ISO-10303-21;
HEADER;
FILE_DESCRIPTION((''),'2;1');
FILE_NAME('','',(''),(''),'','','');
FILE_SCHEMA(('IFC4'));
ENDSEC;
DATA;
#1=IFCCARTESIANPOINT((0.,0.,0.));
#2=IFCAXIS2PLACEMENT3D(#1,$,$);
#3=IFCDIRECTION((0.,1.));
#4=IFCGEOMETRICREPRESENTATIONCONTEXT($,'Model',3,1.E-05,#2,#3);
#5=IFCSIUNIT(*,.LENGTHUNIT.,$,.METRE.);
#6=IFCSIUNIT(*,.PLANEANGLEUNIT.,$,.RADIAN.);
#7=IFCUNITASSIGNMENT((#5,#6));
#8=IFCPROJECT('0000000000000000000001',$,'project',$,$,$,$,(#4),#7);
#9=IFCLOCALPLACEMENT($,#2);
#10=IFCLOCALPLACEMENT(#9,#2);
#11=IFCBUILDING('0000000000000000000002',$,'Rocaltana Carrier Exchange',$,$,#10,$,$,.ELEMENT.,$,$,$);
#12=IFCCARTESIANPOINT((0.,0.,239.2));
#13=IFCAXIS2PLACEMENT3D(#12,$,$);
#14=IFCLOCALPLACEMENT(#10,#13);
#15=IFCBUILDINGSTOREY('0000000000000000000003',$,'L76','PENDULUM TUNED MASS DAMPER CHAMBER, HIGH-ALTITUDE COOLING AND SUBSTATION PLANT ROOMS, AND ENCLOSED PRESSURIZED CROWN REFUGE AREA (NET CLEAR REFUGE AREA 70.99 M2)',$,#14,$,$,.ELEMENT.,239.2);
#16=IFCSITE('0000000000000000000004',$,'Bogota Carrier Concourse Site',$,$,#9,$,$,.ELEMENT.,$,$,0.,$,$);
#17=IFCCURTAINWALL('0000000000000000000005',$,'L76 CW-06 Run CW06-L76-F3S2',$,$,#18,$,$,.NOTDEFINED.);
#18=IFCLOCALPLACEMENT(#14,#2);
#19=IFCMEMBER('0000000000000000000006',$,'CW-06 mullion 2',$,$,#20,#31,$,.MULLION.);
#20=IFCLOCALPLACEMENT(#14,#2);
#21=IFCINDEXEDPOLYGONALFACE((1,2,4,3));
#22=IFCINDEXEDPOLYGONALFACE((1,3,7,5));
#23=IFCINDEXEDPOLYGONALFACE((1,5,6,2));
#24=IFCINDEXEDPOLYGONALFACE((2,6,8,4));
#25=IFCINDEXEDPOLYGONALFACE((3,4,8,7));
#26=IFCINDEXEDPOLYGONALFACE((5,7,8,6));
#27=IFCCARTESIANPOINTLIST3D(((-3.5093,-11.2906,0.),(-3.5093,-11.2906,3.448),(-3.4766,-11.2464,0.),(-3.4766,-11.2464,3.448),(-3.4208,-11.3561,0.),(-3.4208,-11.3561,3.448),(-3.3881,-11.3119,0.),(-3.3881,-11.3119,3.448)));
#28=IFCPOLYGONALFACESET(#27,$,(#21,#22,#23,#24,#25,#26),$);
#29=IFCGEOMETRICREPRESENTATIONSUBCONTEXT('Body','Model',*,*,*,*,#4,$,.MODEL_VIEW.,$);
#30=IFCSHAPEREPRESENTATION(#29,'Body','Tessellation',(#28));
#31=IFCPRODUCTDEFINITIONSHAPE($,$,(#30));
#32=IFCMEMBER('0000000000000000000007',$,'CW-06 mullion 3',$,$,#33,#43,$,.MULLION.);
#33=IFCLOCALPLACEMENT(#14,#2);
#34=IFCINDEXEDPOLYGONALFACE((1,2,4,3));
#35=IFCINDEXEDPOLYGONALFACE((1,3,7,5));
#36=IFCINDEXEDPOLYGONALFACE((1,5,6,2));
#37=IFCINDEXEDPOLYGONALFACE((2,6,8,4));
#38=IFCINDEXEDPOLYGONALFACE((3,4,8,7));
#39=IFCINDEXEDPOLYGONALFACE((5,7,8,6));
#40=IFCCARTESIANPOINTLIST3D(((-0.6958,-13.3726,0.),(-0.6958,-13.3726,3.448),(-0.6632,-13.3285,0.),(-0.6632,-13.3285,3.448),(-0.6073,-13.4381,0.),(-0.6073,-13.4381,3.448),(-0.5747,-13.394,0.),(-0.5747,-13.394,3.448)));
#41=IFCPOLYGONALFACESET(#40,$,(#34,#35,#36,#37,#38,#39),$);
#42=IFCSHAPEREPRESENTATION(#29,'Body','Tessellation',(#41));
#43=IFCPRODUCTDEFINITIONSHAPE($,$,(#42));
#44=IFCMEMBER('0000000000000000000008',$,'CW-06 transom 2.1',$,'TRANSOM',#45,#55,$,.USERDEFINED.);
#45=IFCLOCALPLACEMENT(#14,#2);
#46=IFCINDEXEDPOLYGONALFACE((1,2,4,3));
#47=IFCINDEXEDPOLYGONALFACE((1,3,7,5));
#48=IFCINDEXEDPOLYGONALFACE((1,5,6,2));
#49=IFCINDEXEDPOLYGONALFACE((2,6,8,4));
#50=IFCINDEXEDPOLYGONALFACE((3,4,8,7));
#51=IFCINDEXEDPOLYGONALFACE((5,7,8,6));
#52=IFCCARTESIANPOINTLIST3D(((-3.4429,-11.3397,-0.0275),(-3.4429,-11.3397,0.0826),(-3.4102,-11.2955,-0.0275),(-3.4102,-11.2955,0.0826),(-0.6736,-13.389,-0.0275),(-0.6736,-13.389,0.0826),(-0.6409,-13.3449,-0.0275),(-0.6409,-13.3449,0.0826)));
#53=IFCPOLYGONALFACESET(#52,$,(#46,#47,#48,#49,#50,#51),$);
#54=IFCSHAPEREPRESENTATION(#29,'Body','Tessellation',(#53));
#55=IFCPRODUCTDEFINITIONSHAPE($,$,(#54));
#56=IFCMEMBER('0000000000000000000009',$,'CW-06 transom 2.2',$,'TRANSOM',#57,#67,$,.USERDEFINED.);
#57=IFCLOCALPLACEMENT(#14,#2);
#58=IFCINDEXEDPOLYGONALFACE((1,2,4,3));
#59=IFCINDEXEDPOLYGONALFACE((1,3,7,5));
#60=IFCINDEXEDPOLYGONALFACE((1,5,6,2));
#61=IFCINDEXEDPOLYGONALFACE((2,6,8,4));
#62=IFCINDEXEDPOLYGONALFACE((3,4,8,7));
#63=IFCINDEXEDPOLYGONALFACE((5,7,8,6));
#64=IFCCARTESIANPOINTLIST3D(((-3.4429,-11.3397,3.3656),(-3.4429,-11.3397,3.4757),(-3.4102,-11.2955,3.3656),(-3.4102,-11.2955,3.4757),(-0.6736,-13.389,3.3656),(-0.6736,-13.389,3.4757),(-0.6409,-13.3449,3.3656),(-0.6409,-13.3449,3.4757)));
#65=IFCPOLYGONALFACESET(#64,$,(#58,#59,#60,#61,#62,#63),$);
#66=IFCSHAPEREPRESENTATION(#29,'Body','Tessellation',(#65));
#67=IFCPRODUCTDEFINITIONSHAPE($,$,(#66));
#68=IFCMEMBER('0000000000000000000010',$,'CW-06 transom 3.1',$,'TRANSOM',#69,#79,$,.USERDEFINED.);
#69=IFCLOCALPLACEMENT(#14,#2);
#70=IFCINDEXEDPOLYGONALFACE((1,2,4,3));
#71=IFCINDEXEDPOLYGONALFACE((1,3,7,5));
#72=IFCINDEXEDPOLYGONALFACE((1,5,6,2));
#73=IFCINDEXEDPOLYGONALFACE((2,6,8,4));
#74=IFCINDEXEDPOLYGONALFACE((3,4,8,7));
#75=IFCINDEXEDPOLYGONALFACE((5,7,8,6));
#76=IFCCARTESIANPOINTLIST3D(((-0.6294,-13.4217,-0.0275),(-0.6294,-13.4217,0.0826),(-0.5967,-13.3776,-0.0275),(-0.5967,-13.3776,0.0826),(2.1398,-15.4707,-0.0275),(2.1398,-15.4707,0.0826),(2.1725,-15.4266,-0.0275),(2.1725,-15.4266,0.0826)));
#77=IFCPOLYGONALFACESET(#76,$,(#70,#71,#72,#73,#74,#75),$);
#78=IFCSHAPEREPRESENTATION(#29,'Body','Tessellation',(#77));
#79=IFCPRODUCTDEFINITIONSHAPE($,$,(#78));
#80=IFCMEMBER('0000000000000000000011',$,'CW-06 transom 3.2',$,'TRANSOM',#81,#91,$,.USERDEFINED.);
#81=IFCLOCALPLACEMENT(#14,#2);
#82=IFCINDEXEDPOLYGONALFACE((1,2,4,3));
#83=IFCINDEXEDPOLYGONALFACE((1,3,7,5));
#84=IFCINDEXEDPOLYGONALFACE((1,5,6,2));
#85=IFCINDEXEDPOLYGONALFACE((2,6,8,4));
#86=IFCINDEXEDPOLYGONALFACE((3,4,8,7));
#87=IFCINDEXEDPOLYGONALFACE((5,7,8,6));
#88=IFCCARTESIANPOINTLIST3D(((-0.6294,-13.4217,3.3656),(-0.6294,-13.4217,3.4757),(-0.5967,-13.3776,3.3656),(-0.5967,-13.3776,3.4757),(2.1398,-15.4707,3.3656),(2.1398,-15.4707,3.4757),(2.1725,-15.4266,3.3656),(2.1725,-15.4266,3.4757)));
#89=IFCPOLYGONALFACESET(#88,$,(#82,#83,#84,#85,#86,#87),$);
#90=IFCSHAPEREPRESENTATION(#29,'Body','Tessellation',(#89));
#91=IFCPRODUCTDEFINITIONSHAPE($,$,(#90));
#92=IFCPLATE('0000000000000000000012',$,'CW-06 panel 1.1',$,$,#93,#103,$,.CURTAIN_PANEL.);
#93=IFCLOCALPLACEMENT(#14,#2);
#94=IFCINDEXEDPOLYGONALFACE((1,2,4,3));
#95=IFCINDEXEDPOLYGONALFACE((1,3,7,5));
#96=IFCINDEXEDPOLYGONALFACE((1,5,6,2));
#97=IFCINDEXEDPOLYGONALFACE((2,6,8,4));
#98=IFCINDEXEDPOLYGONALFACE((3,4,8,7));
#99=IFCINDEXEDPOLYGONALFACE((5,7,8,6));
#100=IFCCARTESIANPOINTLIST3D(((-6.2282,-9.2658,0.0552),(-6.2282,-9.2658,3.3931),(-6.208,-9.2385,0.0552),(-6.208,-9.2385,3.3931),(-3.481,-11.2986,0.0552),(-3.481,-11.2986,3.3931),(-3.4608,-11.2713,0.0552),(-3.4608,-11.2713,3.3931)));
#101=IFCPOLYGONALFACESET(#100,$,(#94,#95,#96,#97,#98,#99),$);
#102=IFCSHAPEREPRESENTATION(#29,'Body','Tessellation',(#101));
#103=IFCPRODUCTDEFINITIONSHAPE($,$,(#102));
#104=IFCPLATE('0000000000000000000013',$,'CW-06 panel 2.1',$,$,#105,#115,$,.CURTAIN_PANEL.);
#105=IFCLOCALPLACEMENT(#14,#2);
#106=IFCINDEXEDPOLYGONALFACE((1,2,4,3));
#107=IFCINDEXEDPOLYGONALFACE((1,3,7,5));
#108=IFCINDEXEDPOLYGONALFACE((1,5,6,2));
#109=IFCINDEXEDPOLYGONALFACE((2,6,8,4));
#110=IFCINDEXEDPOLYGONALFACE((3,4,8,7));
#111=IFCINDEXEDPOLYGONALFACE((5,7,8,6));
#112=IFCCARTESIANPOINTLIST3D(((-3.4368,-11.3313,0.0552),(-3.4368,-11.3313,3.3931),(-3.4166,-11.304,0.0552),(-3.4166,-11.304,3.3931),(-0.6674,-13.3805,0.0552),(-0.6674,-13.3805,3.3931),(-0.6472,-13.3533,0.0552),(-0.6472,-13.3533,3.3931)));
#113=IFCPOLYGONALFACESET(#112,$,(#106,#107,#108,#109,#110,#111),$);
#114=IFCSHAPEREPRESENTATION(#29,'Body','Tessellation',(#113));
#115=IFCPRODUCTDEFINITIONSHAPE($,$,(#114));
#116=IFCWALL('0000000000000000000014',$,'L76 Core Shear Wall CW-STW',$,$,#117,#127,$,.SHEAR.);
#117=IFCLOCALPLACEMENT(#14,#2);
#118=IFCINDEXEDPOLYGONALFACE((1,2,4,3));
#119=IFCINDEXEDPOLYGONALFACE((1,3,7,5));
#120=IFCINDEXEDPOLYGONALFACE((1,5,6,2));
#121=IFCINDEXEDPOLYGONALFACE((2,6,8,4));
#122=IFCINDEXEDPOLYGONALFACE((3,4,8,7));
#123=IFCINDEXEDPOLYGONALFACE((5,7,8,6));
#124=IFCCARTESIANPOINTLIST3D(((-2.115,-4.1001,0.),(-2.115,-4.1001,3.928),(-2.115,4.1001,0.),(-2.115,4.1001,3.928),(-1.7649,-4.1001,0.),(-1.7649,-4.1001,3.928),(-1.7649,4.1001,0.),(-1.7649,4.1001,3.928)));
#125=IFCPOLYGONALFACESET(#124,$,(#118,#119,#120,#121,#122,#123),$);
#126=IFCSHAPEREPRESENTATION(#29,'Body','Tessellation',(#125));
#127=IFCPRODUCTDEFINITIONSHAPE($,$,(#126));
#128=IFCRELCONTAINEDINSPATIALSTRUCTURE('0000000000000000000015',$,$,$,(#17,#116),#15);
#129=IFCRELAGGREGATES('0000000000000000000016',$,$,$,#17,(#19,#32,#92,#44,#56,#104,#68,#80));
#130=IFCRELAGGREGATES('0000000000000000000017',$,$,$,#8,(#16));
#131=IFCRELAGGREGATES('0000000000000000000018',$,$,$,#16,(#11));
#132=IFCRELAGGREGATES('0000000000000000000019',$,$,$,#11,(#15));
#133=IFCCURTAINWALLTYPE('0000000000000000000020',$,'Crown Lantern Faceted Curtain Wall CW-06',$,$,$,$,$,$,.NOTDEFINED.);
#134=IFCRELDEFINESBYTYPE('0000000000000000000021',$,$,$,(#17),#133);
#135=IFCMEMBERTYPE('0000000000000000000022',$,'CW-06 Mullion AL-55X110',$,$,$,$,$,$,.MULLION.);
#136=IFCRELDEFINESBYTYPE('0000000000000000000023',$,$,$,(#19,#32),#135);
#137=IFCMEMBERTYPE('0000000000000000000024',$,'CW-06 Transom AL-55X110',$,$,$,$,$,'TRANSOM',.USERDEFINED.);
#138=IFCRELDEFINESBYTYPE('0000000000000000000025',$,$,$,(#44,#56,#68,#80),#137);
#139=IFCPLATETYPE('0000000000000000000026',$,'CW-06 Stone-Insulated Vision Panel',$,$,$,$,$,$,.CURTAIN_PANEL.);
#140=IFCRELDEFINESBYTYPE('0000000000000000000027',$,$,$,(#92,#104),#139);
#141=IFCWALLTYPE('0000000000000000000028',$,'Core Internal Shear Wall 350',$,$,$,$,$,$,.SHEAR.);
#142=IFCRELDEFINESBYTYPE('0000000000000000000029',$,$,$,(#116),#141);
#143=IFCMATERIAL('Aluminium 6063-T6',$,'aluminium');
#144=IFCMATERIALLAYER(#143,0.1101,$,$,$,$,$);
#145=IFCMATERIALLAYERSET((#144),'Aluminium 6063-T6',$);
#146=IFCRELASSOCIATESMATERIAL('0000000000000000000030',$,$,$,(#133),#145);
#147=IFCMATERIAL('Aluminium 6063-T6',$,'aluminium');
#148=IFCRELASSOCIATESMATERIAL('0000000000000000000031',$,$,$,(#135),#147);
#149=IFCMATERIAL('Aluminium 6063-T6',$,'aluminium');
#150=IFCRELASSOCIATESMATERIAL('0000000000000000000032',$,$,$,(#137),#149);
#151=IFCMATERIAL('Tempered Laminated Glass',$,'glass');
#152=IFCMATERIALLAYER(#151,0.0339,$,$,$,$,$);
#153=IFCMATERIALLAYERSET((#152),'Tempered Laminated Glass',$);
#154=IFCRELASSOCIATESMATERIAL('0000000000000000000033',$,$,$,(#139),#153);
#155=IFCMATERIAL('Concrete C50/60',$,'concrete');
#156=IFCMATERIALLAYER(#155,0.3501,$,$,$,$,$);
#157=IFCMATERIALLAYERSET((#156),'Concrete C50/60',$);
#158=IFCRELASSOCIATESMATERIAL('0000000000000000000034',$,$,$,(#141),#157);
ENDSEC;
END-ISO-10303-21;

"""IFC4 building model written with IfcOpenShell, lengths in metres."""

from ifc_helpers import new_model, si_unit, direction, frame, frame_2d, origin, origin_2d, place, context, subcontext, project, spatial, rectangle, extrude, material, layer, layer_set, material_profile, profile_set, type_object, element, aggregate, save


model = new_model("IFC4")

# Units and contexts
model_context = context("Model", 3, precision=1e-05, world=origin(), true_north=direction((0.0, 1.0)))
body_context = subcontext(model_context, "Body", "Model", "MODEL_VIEW")
ifc_project = project(units=[si_unit("LENGTHUNIT", "METRE"), si_unit("PLANEANGLEUNIT", "RADIAN")], contexts=[model_context])

# Site, building, storey
site_placement = place(None, origin())
site = spatial("IfcSite", under=ifc_project, at=site_placement, Name="Bogota Carrier Concourse Site", CompositionType="ELEMENT", RefElevation=0.0)
building_placement = place(site_placement, origin())
building = spatial("IfcBuilding", under=site, at=building_placement, Name="Rocaltana Carrier Exchange", CompositionType="ELEMENT")
storey_placement = place(building_placement, frame((0.0, 0.0, 239.2)))
storey = spatial("IfcBuildingStorey", under=building, at=storey_placement, Name="L76", Description="PENDULUM TUNED MASS DAMPER CHAMBER, HIGH-ALTITUDE COOLING AND SUBSTATION PLANT ROOMS, AND ENCLOSED PRESSURIZED CROWN REFUGE AREA (NET CLEAR REFUGE AREA 70.99 M2)", CompositionType="ELEMENT", Elevation=239.2)

# Curtain wall, members, plates
ifc_material_1 = material(Name="Aluminium 6063-T6", Category="aluminium")
ifc_layer_1 = layer(ifc_material_1, 0.1101)
ifc_layer_set_1 = layer_set([ifc_layer_1], Name="Aluminium 6063-T6")
curtain_wall_type = type_object("IfcCurtainWallType", Name="Crown Lantern Faceted Curtain Wall CW-06", PredefinedType="NOTDEFINED", material=ifc_layer_set_1)
curtain_wall_placement = place(storey_placement, origin())
curtain_wall = element("IfcCurtainWall", 1, at=curtain_wall_placement, inside=storey, type_object=curtain_wall_type, Name="L76 CW-06 Run CW06-L76-F3S2", PredefinedType="NOTDEFINED")
ifc_material_2 = material(Name="Aluminium 6063-T6", Category="aluminium")
ifc_material_profile_1 = material_profile(ifc_material_2, rectangle(XDim=0.0549, YDim=0.1101, at=origin_2d()), Name="AL-55X110")
ifc_profile_set_1 = profile_set([ifc_material_profile_1], Name="Aluminium 6063-T6")
member_type_1 = type_object("IfcMemberType", Name="CW-06 Mullion AL-55X110", PredefinedType="MULLION", material=ifc_profile_set_1)
member_1_placement = place(storey_placement, frame((-3.4487, -11.3013, 0.0), z_axis=(0.0, 0.0, 1.0), x_axis=(0.594825, 0.803855, 0.0)))
member_1 = element("IfcMember", 2, at=member_1_placement, type_object=member_type_1, Name="CW-06 mullion 2", PredefinedType="MULLION", context=body_context, shape_type="SweptSolid", body=[
    extrude(rectangle(XDim=0.0549, YDim=0.1101, at=origin_2d()), origin(), (0.0, 0.0, 1.0), 3.448),
])
member_2_placement = place(storey_placement, frame((-0.6353, -13.3833, 0.0), z_axis=(0.0, 0.0, 1.0), x_axis=(0.594825, 0.803855, 0.0)))
member_2 = element("IfcMember", 3, at=member_2_placement, type_object=member_type_1, Name="CW-06 mullion 3", PredefinedType="MULLION", context=body_context, shape_type="SweptSolid", body=[
    extrude(rectangle(XDim=0.0549, YDim=0.1101, at=origin_2d()), origin(), (0.0, 0.0, 1.0), 3.448),
])
ifc_material_3 = material(Name="Aluminium 6063-T6", Category="aluminium")
ifc_material_profile_2 = material_profile(ifc_material_3, rectangle(XDim=0.0549, YDim=0.1101, at=origin_2d()), Name="AL-55X110")
ifc_profile_set_2 = profile_set([ifc_material_profile_2], Name="Aluminium 6063-T6")
member_type_2 = type_object("IfcMemberType", Name="CW-06 Transom AL-55X110", ElementType="TRANSOM", PredefinedType="USERDEFINED", material=ifc_profile_set_2)
member_3_placement = place(storey_placement, frame((-3.4265, -11.3176, 0.0276), z_axis=(0.803836, -0.594851, 0.0), x_axis=(0.594851, 0.803836, 0.0)))
member_3 = element("IfcMember", 4, at=member_3_placement, type_object=member_type_2, Name="CW-06 transom 2.1", ObjectType="TRANSOM", PredefinedType="USERDEFINED", context=body_context, shape_type="SweptSolid", body=[
    extrude(rectangle(XDim=0.0549, YDim=0.1101, at=origin_2d()), origin(), (0.0, 0.0, 1.0), 3.4451),
])
member_4_placement = place(storey_placement, frame((-3.4265, -11.3176, 3.4207), z_axis=(0.803836, -0.594851, 0.0), x_axis=(0.594851, 0.803836, 0.0)))
member_4 = element("IfcMember", 5, at=member_4_placement, type_object=member_type_2, Name="CW-06 transom 2.2", ObjectType="TRANSOM", PredefinedType="USERDEFINED", context=body_context, shape_type="SweptSolid", body=[
    extrude(rectangle(XDim=0.0549, YDim=0.1101, at=origin_2d()), origin(), (0.0, 0.0, 1.0), 3.4451),
])
member_5_placement = place(storey_placement, frame((-0.613, -13.3997, 0.0276), z_axis=(0.80387, -0.594805, 0.0), x_axis=(0.594805, 0.80387, 0.0)))
member_5 = element("IfcMember", 6, at=member_5_placement, type_object=member_type_2, Name="CW-06 transom 3.1", ObjectType="TRANSOM", PredefinedType="USERDEFINED", context=body_context, shape_type="SweptSolid", body=[
    extrude(rectangle(XDim=0.0549, YDim=0.1101, at=origin_2d()), origin(), (0.0, 0.0, 1.0), 3.4448),
])
member_6_placement = place(storey_placement, frame((-0.613, -13.3997, 3.4207), z_axis=(0.80387, -0.594805, 0.0), x_axis=(0.594805, 0.80387, 0.0)))
member_6 = element("IfcMember", 7, at=member_6_placement, type_object=member_type_2, Name="CW-06 transom 3.2", ObjectType="TRANSOM", PredefinedType="USERDEFINED", context=body_context, shape_type="SweptSolid", body=[
    extrude(rectangle(XDim=0.0549, YDim=0.1101, at=origin_2d()), origin(), (0.0, 0.0, 1.0), 3.4448),
])
ifc_material_4 = material(Name="Tempered Laminated Glass", Category="glass")
ifc_layer_2 = layer(ifc_material_4, 0.0339)
ifc_layer_set_2 = layer_set([ifc_layer_2], Name="Tempered Laminated Glass")
plate_type = type_object("IfcPlateType", Name="CW-06 Stone-Insulated Vision Panel", PredefinedType="CURTAIN_PANEL", material=ifc_layer_set_2)
plate_1_placement = place(storey_placement, frame((-4.8445, -10.2686, 0.0552), z_axis=(0.0, 0.0, 1.0), x_axis=(0.803855, -0.594825, 0.0)))
plate_1 = element("IfcPlate", 8, at=plate_1_placement, type_object=plate_type, Name="CW-06 panel 1.1", PredefinedType="CURTAIN_PANEL", context=body_context, shape_type="SweptSolid", body=[
    extrude(rectangle(XDim=3.4175, YDim=0.0339, at=origin_2d()), origin(), (0.0, 0.0, 1.0), 3.3379),
])
plate_2_placement = place(storey_placement, frame((-2.042, -12.3423, 0.0552), z_axis=(0.0, 0.0, 1.0), x_axis=(0.803855, -0.594825, 0.0)))
plate_2 = element("IfcPlate", 9, at=plate_2_placement, type_object=plate_type, Name="CW-06 panel 2.1", PredefinedType="CURTAIN_PANEL", context=body_context, shape_type="SweptSolid", body=[
    extrude(rectangle(XDim=3.4451, YDim=0.0339, at=origin_2d()), origin(), (0.0, 0.0, 1.0), 3.3379),
])
aggregate(curtain_wall, [member_1, member_2, plate_1, member_3, member_4, plate_2, member_5, member_6])

# Wall
ifc_material_5 = material(Name="Concrete C50/60", Category="concrete")
ifc_layer_3 = layer(ifc_material_5, 0.3501)
ifc_layer_set_3 = layer_set([ifc_layer_3], Name="Concrete C50/60")
wall_type_1 = type_object("IfcWallType", Name="Core Internal Shear Wall 350", PredefinedType="SHEAR", material=ifc_layer_set_3)
wall_1_placement = place(storey_placement, frame((-1.9399, -4.1001, 0.0), z_axis=(0.0, 0.0, 1.0), x_axis=(0.0, 1.0, 0.0)))
element("IfcWall", 10, at=wall_1_placement, inside=storey, type_object=wall_type_1, Name="L76 Core Shear Wall CW-STW", PredefinedType="SHEAR", context=body_context, shape_type="SweptSolid", body=[
    extrude(rectangle(XDim=8.2002, YDim=0.3501, at=frame_2d((4.1001, 0.0))), origin(), (0.0, 0.0, 1.0), 3.928),
])

save(model, "model.ifc")
